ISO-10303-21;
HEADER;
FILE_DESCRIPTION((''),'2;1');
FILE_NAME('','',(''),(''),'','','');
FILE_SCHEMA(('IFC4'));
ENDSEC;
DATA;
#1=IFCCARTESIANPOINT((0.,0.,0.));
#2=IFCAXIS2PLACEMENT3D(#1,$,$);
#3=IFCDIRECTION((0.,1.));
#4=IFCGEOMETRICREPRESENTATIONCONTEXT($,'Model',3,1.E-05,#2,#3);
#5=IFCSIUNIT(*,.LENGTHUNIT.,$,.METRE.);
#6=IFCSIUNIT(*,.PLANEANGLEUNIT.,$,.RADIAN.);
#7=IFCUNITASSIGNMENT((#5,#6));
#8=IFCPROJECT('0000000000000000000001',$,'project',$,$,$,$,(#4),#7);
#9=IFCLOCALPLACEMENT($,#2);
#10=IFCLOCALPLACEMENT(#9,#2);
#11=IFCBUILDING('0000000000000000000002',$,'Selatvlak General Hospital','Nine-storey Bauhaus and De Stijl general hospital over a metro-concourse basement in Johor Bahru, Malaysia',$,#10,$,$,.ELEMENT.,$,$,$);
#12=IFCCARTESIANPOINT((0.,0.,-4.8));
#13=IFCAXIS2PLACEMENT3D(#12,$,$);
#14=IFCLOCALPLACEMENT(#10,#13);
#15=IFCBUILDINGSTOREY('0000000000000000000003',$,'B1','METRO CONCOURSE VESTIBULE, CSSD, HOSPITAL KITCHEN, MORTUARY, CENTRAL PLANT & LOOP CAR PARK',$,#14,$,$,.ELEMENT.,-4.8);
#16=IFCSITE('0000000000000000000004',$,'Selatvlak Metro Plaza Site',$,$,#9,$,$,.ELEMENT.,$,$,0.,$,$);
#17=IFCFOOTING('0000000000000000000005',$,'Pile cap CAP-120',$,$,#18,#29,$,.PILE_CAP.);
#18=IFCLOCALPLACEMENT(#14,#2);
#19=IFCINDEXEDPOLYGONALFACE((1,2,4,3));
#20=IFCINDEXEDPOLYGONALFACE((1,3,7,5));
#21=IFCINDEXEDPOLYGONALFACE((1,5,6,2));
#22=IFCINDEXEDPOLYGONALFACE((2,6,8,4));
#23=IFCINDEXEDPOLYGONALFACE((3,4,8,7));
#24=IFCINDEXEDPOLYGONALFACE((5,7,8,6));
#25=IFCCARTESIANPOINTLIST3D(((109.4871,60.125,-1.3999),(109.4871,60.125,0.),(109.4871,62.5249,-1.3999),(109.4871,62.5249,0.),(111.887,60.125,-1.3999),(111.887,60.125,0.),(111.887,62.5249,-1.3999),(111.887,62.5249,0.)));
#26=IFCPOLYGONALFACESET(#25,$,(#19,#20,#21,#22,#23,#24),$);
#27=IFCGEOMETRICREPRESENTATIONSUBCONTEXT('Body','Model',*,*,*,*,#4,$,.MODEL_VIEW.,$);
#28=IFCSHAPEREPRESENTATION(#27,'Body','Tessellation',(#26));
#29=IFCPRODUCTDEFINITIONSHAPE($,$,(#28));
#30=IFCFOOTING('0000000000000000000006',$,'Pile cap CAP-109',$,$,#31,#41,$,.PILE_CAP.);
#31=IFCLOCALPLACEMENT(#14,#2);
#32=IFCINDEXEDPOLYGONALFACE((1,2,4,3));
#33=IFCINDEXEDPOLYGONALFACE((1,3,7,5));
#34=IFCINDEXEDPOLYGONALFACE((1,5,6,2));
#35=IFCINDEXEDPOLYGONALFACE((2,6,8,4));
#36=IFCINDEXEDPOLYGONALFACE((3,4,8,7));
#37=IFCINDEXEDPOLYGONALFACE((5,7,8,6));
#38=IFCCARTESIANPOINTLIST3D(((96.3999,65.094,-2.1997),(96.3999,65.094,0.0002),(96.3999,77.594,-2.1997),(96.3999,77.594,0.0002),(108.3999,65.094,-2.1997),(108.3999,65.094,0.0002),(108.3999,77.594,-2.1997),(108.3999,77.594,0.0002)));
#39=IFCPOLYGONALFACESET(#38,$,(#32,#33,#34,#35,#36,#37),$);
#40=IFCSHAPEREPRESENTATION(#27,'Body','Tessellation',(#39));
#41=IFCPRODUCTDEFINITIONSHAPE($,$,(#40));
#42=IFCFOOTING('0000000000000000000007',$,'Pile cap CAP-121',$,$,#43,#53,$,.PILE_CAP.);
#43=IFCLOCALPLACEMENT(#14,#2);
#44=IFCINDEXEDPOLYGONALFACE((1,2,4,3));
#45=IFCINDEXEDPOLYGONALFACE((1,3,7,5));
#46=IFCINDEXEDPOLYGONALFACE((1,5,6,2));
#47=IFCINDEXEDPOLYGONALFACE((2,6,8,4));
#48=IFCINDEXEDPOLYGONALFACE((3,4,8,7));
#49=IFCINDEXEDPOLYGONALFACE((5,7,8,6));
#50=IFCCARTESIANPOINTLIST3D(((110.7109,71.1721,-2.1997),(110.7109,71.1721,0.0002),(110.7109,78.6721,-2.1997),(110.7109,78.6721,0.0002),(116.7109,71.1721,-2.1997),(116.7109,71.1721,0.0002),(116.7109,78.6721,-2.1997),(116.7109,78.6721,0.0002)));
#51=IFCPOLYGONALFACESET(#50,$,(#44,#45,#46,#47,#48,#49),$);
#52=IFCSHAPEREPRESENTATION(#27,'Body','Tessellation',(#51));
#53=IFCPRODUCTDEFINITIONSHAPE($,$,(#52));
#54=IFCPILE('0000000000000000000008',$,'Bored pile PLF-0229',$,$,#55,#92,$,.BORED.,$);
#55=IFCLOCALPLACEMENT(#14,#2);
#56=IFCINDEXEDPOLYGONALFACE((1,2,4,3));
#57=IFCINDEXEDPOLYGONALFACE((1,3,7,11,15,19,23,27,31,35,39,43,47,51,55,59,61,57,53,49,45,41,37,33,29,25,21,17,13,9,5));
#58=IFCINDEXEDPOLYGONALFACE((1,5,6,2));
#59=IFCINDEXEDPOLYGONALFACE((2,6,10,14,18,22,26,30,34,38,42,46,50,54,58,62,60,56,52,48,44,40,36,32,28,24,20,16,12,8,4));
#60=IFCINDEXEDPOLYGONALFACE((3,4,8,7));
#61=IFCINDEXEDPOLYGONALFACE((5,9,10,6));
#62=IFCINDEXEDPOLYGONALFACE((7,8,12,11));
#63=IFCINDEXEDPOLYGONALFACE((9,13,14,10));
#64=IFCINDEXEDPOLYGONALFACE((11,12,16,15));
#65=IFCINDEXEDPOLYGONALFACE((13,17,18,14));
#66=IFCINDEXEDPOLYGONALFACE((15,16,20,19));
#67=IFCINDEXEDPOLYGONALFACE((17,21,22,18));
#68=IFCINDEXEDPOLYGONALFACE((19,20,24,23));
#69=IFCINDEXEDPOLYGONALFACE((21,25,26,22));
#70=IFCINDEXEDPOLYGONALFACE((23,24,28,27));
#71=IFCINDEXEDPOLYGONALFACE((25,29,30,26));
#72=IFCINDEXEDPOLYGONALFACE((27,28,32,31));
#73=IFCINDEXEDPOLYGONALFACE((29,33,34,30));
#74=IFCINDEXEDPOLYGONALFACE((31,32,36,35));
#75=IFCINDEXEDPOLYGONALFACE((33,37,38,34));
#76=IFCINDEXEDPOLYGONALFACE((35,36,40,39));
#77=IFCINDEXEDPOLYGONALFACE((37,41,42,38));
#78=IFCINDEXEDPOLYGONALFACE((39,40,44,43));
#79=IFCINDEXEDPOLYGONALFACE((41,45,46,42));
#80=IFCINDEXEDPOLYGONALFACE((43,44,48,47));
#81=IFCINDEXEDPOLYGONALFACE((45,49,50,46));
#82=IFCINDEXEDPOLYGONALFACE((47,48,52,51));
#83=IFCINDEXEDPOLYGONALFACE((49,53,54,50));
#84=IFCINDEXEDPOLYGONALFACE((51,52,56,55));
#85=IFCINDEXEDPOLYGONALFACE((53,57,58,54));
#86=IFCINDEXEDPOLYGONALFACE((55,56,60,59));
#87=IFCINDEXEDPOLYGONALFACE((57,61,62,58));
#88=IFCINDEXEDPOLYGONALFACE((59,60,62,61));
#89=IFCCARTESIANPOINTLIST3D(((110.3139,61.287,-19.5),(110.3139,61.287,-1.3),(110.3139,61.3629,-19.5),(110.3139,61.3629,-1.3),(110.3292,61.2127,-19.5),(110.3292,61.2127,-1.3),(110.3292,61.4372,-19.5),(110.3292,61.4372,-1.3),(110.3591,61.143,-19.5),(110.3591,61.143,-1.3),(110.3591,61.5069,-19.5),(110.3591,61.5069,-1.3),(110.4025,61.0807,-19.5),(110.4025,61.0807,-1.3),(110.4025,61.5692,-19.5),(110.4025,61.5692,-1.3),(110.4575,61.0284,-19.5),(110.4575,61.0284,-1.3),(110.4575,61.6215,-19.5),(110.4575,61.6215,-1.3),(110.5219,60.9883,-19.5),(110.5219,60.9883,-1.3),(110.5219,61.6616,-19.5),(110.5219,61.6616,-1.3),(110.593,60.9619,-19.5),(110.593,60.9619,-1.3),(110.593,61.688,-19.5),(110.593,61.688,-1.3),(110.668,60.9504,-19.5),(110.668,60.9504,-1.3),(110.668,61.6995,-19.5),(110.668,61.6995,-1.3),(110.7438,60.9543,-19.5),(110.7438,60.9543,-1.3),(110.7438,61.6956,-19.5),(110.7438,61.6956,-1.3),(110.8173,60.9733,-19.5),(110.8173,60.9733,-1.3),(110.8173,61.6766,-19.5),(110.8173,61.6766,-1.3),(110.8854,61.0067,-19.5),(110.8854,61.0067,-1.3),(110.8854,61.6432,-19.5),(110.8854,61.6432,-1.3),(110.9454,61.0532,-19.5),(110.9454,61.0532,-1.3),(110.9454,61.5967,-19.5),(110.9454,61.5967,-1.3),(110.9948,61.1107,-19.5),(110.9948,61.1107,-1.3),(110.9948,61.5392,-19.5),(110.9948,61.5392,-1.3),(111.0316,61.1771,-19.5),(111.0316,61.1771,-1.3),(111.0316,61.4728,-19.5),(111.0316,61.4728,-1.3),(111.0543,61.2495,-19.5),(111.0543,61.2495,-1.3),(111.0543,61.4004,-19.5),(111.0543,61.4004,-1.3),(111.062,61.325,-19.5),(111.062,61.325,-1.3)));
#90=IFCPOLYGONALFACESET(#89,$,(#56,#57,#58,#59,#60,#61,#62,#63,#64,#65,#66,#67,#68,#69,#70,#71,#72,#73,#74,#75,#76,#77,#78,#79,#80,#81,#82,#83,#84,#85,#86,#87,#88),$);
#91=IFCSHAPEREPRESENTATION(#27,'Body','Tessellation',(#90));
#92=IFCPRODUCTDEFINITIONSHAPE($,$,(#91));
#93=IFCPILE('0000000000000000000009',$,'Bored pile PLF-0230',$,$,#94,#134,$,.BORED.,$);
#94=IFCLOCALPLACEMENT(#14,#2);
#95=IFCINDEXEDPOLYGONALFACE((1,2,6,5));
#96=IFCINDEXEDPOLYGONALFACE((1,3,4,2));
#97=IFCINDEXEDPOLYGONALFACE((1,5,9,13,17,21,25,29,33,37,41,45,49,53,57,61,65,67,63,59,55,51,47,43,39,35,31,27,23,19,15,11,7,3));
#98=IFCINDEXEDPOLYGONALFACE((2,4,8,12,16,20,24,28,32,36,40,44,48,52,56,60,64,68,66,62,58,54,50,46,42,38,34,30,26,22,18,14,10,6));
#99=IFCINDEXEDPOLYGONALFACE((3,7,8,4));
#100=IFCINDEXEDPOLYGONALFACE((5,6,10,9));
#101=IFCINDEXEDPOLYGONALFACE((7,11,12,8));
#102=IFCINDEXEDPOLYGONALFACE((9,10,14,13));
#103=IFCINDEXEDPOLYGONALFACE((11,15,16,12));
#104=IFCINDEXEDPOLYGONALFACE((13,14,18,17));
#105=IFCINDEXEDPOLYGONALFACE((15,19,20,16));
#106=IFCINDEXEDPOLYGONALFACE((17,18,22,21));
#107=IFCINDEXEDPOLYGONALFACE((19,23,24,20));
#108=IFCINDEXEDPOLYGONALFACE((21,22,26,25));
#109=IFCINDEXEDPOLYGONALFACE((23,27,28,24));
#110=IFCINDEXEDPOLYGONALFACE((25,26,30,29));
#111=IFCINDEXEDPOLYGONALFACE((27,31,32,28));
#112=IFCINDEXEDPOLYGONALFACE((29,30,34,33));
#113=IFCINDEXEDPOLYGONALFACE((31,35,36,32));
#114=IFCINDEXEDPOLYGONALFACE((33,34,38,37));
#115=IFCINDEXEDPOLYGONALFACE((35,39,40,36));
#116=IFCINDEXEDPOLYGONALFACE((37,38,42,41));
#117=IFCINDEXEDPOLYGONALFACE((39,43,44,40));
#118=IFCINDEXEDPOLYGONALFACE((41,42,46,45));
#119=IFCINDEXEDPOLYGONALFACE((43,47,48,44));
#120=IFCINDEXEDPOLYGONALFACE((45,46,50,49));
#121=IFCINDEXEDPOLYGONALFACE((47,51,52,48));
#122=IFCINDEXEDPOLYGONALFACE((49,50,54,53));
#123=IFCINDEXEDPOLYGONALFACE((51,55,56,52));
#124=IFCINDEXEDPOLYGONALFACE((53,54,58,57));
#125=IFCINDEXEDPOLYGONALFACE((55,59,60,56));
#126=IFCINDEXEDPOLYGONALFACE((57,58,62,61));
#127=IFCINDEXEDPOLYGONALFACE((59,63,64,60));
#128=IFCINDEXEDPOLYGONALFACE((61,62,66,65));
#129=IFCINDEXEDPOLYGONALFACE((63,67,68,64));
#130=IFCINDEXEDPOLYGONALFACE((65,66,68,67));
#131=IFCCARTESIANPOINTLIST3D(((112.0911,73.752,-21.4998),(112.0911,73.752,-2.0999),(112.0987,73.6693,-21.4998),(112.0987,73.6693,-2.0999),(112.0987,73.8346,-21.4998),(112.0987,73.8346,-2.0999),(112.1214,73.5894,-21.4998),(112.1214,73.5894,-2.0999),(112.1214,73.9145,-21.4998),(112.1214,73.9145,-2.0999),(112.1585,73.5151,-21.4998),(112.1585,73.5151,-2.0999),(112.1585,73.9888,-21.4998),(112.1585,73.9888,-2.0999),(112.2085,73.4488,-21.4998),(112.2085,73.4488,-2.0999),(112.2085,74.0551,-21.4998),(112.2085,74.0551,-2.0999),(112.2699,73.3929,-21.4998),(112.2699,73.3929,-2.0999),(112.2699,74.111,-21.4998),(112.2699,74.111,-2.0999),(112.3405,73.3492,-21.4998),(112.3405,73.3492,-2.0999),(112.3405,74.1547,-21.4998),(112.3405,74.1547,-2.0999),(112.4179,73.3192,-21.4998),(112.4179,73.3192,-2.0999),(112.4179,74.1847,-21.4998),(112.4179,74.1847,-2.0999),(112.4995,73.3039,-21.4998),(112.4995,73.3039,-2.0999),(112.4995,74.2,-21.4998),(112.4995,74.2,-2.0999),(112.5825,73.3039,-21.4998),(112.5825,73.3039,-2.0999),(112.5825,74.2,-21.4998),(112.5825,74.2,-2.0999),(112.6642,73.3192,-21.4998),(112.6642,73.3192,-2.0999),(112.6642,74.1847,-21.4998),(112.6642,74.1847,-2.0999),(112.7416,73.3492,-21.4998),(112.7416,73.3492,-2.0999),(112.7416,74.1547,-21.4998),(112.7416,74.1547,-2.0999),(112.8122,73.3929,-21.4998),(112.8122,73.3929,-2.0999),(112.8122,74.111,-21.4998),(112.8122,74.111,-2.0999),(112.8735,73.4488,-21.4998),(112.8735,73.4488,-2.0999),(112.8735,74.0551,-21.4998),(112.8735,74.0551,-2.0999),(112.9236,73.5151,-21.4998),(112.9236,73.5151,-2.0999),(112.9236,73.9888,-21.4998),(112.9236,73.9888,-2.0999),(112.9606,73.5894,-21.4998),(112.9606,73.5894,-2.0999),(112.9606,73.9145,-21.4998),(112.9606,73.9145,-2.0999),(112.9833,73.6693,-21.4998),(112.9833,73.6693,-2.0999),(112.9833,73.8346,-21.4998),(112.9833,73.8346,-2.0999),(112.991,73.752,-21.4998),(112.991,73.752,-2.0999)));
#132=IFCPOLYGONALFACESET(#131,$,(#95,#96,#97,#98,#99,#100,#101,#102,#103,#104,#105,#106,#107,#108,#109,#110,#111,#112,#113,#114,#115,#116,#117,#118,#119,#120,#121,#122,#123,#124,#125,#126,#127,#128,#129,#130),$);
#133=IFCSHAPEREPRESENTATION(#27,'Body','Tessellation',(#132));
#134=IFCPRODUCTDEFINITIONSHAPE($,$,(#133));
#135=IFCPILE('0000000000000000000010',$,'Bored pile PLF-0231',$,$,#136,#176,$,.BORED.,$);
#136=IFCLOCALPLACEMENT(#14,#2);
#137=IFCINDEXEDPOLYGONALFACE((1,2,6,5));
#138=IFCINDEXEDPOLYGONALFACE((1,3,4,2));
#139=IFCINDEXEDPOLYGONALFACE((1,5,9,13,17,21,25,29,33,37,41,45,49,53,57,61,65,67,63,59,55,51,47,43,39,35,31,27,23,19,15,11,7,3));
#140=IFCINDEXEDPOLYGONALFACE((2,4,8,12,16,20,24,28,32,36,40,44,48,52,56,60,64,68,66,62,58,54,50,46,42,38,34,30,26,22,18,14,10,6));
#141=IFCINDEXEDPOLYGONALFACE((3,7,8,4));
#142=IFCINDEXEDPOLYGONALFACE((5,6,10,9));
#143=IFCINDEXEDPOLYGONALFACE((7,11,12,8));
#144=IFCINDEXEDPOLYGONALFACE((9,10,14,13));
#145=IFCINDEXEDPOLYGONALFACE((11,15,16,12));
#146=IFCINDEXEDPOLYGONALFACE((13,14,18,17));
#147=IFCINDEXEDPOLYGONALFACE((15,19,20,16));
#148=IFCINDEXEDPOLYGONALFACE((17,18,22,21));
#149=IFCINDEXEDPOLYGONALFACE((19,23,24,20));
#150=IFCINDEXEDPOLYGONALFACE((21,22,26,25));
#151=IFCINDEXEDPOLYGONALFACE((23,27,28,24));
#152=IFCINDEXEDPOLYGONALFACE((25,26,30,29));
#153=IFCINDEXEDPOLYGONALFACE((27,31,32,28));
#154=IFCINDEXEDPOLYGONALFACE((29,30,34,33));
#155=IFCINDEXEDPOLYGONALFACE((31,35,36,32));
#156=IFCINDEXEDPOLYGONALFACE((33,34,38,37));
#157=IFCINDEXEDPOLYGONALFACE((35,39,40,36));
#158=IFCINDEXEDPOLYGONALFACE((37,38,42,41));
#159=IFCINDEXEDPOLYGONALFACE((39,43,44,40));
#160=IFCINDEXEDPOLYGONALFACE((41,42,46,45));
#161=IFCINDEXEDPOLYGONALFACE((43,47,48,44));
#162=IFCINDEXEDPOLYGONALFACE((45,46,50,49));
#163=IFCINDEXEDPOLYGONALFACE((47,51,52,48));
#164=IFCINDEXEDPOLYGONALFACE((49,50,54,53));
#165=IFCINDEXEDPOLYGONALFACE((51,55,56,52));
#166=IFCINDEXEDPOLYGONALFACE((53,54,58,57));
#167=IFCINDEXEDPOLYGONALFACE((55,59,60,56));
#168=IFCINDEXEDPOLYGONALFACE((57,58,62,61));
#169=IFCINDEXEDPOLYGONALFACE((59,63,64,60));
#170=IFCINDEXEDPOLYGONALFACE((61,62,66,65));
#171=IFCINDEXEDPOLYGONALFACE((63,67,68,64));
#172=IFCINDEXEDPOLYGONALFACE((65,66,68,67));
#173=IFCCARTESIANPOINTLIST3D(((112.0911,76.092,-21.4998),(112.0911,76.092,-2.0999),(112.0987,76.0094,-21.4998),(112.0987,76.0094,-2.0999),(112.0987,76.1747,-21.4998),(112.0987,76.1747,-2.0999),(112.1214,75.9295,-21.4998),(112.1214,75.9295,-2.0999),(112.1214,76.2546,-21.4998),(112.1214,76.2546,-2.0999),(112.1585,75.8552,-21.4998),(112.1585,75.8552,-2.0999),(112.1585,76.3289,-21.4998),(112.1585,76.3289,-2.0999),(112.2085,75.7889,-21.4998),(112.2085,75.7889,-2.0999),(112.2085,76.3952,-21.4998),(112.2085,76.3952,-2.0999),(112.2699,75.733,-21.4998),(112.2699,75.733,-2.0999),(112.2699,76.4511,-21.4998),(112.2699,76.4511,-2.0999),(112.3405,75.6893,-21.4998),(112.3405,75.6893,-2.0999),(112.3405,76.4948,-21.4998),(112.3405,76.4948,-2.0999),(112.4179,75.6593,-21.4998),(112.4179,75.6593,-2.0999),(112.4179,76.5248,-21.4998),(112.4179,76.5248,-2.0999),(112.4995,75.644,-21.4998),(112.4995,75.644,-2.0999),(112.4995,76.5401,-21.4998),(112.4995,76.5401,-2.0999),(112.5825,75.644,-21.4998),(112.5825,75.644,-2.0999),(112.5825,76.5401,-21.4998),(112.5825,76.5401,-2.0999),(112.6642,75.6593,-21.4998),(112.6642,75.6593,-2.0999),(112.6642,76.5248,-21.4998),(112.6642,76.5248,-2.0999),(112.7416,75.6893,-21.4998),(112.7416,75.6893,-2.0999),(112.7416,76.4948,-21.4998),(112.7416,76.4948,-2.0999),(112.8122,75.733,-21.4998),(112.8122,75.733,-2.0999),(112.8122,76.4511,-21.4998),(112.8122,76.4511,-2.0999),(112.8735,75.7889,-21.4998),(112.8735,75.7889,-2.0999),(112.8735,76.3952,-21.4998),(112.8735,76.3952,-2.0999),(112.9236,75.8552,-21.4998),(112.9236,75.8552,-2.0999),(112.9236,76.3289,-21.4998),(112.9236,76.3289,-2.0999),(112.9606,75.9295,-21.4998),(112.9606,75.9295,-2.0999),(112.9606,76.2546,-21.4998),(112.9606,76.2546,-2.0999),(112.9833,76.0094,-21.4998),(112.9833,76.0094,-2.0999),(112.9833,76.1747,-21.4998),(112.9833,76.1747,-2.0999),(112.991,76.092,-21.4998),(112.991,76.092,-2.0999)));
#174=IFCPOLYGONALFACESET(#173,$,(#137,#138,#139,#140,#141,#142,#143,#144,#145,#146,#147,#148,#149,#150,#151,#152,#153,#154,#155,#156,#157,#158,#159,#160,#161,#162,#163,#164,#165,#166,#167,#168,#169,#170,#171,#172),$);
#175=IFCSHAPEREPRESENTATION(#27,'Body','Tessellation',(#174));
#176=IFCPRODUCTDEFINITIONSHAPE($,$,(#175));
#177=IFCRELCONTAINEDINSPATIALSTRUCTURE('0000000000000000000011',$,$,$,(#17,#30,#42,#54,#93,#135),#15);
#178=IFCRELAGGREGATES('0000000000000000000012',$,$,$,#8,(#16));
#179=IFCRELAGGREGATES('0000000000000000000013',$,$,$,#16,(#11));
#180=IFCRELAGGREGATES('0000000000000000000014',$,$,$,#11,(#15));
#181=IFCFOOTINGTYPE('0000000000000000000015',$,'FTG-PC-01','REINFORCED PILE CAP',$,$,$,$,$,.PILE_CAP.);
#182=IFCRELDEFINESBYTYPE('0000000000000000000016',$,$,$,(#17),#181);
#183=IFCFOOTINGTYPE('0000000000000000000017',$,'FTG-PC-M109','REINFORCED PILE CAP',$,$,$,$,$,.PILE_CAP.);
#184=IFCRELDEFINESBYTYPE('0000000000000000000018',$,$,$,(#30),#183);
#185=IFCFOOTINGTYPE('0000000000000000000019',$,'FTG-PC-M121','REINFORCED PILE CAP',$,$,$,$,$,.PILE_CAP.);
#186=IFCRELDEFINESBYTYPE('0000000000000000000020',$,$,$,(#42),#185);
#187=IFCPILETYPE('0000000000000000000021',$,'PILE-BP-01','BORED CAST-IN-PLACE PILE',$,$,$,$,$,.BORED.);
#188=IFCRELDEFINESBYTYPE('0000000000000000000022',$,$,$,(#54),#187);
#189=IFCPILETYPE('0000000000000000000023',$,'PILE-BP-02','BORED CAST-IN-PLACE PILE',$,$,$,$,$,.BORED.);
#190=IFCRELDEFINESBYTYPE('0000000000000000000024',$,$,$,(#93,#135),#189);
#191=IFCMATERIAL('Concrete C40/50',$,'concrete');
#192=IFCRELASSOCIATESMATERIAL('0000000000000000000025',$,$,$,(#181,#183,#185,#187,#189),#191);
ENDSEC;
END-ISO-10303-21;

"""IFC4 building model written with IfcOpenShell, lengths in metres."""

from ifc_helpers import new_model, si_unit, direction, frame, origin, origin_2d, place, context, subcontext, project, spatial, rectangle, circle, extrude, material, material_profile, profile_set, type_object, element, save


model = new_model("IFC4")

# Units and contexts
model_context = context("Model", 3, precision=1e-05, world=origin(), true_north=direction((0.0, 1.0)))
body_context = subcontext(model_context, "Body", "Model", "MODEL_VIEW")
ifc_project = project(units=[si_unit("LENGTHUNIT", "METRE"), si_unit("PLANEANGLEUNIT", "RADIAN")], contexts=[model_context])

# Site, building, storey
site_placement = place(None, origin())
site = spatial("IfcSite", under=ifc_project, at=site_placement, Name="Selatvlak Metro Plaza Site", CompositionType="ELEMENT", RefElevation=0.0)
building_placement = place(site_placement, origin())
building = spatial("IfcBuilding", under=site, at=building_placement, Name="Selatvlak General Hospital", Description="Nine-storey Bauhaus and De Stijl general hospital over a metro-concourse basement in Johor Bahru, Malaysia", CompositionType="ELEMENT")
storey_placement = place(building_placement, frame((0.0, 0.0, -4.8)))
storey = spatial("IfcBuildingStorey", under=building, at=storey_placement, Name="B1", Description="METRO CONCOURSE VESTIBULE, CSSD, HOSPITAL KITCHEN, MORTUARY, CENTRAL PLANT & LOOP CAR PARK", CompositionType="ELEMENT", Elevation=-4.8)

# Footings
ifc_material_1 = material(Name="Concrete C40/50", Category="concrete")
footing_type_1 = type_object("IfcFootingType", Name="FTG-PC-01", Description="REINFORCED PILE CAP", PredefinedType="PILE_CAP", material=ifc_material_1)
footing_1_placement = place(storey_placement, frame((110.687, 61.325, -1.3999), z_axis=(0.0, 0.0, 1.0), x_axis=(1.0, 0.0, 0.0)))
element("IfcFooting", 1, at=footing_1_placement, inside=storey, type_object=footing_type_1, Name="Pile cap CAP-120", PredefinedType="PILE_CAP", context=body_context, shape_type="SweptSolid", body=[
    extrude(rectangle(XDim=2.3999, YDim=2.3999, at=origin_2d()), origin(), (0.0, 0.0, 1.0), 1.3999),
])
footing_type_2 = type_object("IfcFootingType", Name="FTG-PC-M109", Description="REINFORCED PILE CAP", PredefinedType="PILE_CAP", material=ifc_material_1)
footing_2_placement = place(storey_placement, frame((102.3999, 71.344, -2.1997), z_axis=(0.0, 0.0, 1.0), x_axis=(1.0, 0.0, 0.0)))
element("IfcFooting", 2, at=footing_2_placement, inside=storey, type_object=footing_type_2, Name="Pile cap CAP-109", PredefinedType="PILE_CAP", context=body_context, shape_type="SweptSolid", body=[
    extrude(rectangle(XDim=12.0, YDim=12.5, at=origin_2d()), origin(), (0.0, 0.0, 1.0), 2.2),
])
footing_type_3 = type_object("IfcFootingType", Name="FTG-PC-M121", Description="REINFORCED PILE CAP", PredefinedType="PILE_CAP", material=ifc_material_1)
footing_3_placement = place(storey_placement, frame((113.7109, 74.9221, -2.1997), z_axis=(0.0, 0.0, 1.0), x_axis=(1.0, 0.0, 0.0)))
element("IfcFooting", 3, at=footing_3_placement, inside=storey, type_object=footing_type_3, Name="Pile cap CAP-121", PredefinedType="PILE_CAP", context=body_context, shape_type="SweptSolid", body=[
    extrude(rectangle(XDim=6.0, YDim=7.5, at=origin_2d()), origin(), (0.0, 0.0, 1.0), 2.2),
])

# Piles
ifc_material_profile_1 = material_profile(ifc_material_1, circle(Radius=0.375, at=origin_2d()), Name="BORED PILE 750")
ifc_profile_set_1 = profile_set([ifc_material_profile_1], Name="Concrete C40/50")
pile_type_1 = type_object("IfcPileType", Name="PILE-BP-01", Description="BORED CAST-IN-PLACE PILE", PredefinedType="BORED", material=ifc_profile_set_1)
pile_1_placement = place(storey_placement, frame((110.687, 61.325, -1.3), z_axis=(0.0, 0.0, -1.0), x_axis=(1.0, 0.0, 0.0)))
element("IfcPile", 4, at=pile_1_placement, inside=storey, type_object=pile_type_1, Name="Bored pile PLF-0229", PredefinedType="BORED", context=body_context, shape_type="SweptSolid", body=[
    extrude(circle(Radius=0.375, at=origin_2d()), origin(), (0.0, 0.0, 1.0), 18.2),
])
ifc_material_profile_2 = material_profile(ifc_material_1, circle(Radius=0.45, at=origin_2d()), Name="BORED PILE 900")
ifc_profile_set_2 = profile_set([ifc_material_profile_2], Name="Concrete C40/50")
pile_type_2 = type_object("IfcPileType", Name="PILE-BP-02", Description="BORED CAST-IN-PLACE PILE", PredefinedType="BORED", material=ifc_profile_set_2)
for number, where, z_axis, x_axis, name in (
    (5, (112.541, 73.752, -2.0999), (0.0, 0.0, -1.0), (1.0, 0.0, 0.0), "Bored pile PLF-0230"),
    (6, (112.541, 76.092, -2.0999), (0.0, 0.0, -1.0), (1.0, 0.0, 0.0), "Bored pile PLF-0231"),
):
    element("IfcPile", number, at=place(storey_placement, frame(where, z_axis=z_axis, x_axis=x_axis)), inside=storey, type_object=pile_type_2, Name=name, PredefinedType="BORED", context=body_context, shape_type="SweptSolid", body=[
        extrude(circle(Radius=0.45, at=origin_2d()), origin(), (0.0, 0.0, 1.0), 19.3999),
    ])

save(model, "model.ifc")
